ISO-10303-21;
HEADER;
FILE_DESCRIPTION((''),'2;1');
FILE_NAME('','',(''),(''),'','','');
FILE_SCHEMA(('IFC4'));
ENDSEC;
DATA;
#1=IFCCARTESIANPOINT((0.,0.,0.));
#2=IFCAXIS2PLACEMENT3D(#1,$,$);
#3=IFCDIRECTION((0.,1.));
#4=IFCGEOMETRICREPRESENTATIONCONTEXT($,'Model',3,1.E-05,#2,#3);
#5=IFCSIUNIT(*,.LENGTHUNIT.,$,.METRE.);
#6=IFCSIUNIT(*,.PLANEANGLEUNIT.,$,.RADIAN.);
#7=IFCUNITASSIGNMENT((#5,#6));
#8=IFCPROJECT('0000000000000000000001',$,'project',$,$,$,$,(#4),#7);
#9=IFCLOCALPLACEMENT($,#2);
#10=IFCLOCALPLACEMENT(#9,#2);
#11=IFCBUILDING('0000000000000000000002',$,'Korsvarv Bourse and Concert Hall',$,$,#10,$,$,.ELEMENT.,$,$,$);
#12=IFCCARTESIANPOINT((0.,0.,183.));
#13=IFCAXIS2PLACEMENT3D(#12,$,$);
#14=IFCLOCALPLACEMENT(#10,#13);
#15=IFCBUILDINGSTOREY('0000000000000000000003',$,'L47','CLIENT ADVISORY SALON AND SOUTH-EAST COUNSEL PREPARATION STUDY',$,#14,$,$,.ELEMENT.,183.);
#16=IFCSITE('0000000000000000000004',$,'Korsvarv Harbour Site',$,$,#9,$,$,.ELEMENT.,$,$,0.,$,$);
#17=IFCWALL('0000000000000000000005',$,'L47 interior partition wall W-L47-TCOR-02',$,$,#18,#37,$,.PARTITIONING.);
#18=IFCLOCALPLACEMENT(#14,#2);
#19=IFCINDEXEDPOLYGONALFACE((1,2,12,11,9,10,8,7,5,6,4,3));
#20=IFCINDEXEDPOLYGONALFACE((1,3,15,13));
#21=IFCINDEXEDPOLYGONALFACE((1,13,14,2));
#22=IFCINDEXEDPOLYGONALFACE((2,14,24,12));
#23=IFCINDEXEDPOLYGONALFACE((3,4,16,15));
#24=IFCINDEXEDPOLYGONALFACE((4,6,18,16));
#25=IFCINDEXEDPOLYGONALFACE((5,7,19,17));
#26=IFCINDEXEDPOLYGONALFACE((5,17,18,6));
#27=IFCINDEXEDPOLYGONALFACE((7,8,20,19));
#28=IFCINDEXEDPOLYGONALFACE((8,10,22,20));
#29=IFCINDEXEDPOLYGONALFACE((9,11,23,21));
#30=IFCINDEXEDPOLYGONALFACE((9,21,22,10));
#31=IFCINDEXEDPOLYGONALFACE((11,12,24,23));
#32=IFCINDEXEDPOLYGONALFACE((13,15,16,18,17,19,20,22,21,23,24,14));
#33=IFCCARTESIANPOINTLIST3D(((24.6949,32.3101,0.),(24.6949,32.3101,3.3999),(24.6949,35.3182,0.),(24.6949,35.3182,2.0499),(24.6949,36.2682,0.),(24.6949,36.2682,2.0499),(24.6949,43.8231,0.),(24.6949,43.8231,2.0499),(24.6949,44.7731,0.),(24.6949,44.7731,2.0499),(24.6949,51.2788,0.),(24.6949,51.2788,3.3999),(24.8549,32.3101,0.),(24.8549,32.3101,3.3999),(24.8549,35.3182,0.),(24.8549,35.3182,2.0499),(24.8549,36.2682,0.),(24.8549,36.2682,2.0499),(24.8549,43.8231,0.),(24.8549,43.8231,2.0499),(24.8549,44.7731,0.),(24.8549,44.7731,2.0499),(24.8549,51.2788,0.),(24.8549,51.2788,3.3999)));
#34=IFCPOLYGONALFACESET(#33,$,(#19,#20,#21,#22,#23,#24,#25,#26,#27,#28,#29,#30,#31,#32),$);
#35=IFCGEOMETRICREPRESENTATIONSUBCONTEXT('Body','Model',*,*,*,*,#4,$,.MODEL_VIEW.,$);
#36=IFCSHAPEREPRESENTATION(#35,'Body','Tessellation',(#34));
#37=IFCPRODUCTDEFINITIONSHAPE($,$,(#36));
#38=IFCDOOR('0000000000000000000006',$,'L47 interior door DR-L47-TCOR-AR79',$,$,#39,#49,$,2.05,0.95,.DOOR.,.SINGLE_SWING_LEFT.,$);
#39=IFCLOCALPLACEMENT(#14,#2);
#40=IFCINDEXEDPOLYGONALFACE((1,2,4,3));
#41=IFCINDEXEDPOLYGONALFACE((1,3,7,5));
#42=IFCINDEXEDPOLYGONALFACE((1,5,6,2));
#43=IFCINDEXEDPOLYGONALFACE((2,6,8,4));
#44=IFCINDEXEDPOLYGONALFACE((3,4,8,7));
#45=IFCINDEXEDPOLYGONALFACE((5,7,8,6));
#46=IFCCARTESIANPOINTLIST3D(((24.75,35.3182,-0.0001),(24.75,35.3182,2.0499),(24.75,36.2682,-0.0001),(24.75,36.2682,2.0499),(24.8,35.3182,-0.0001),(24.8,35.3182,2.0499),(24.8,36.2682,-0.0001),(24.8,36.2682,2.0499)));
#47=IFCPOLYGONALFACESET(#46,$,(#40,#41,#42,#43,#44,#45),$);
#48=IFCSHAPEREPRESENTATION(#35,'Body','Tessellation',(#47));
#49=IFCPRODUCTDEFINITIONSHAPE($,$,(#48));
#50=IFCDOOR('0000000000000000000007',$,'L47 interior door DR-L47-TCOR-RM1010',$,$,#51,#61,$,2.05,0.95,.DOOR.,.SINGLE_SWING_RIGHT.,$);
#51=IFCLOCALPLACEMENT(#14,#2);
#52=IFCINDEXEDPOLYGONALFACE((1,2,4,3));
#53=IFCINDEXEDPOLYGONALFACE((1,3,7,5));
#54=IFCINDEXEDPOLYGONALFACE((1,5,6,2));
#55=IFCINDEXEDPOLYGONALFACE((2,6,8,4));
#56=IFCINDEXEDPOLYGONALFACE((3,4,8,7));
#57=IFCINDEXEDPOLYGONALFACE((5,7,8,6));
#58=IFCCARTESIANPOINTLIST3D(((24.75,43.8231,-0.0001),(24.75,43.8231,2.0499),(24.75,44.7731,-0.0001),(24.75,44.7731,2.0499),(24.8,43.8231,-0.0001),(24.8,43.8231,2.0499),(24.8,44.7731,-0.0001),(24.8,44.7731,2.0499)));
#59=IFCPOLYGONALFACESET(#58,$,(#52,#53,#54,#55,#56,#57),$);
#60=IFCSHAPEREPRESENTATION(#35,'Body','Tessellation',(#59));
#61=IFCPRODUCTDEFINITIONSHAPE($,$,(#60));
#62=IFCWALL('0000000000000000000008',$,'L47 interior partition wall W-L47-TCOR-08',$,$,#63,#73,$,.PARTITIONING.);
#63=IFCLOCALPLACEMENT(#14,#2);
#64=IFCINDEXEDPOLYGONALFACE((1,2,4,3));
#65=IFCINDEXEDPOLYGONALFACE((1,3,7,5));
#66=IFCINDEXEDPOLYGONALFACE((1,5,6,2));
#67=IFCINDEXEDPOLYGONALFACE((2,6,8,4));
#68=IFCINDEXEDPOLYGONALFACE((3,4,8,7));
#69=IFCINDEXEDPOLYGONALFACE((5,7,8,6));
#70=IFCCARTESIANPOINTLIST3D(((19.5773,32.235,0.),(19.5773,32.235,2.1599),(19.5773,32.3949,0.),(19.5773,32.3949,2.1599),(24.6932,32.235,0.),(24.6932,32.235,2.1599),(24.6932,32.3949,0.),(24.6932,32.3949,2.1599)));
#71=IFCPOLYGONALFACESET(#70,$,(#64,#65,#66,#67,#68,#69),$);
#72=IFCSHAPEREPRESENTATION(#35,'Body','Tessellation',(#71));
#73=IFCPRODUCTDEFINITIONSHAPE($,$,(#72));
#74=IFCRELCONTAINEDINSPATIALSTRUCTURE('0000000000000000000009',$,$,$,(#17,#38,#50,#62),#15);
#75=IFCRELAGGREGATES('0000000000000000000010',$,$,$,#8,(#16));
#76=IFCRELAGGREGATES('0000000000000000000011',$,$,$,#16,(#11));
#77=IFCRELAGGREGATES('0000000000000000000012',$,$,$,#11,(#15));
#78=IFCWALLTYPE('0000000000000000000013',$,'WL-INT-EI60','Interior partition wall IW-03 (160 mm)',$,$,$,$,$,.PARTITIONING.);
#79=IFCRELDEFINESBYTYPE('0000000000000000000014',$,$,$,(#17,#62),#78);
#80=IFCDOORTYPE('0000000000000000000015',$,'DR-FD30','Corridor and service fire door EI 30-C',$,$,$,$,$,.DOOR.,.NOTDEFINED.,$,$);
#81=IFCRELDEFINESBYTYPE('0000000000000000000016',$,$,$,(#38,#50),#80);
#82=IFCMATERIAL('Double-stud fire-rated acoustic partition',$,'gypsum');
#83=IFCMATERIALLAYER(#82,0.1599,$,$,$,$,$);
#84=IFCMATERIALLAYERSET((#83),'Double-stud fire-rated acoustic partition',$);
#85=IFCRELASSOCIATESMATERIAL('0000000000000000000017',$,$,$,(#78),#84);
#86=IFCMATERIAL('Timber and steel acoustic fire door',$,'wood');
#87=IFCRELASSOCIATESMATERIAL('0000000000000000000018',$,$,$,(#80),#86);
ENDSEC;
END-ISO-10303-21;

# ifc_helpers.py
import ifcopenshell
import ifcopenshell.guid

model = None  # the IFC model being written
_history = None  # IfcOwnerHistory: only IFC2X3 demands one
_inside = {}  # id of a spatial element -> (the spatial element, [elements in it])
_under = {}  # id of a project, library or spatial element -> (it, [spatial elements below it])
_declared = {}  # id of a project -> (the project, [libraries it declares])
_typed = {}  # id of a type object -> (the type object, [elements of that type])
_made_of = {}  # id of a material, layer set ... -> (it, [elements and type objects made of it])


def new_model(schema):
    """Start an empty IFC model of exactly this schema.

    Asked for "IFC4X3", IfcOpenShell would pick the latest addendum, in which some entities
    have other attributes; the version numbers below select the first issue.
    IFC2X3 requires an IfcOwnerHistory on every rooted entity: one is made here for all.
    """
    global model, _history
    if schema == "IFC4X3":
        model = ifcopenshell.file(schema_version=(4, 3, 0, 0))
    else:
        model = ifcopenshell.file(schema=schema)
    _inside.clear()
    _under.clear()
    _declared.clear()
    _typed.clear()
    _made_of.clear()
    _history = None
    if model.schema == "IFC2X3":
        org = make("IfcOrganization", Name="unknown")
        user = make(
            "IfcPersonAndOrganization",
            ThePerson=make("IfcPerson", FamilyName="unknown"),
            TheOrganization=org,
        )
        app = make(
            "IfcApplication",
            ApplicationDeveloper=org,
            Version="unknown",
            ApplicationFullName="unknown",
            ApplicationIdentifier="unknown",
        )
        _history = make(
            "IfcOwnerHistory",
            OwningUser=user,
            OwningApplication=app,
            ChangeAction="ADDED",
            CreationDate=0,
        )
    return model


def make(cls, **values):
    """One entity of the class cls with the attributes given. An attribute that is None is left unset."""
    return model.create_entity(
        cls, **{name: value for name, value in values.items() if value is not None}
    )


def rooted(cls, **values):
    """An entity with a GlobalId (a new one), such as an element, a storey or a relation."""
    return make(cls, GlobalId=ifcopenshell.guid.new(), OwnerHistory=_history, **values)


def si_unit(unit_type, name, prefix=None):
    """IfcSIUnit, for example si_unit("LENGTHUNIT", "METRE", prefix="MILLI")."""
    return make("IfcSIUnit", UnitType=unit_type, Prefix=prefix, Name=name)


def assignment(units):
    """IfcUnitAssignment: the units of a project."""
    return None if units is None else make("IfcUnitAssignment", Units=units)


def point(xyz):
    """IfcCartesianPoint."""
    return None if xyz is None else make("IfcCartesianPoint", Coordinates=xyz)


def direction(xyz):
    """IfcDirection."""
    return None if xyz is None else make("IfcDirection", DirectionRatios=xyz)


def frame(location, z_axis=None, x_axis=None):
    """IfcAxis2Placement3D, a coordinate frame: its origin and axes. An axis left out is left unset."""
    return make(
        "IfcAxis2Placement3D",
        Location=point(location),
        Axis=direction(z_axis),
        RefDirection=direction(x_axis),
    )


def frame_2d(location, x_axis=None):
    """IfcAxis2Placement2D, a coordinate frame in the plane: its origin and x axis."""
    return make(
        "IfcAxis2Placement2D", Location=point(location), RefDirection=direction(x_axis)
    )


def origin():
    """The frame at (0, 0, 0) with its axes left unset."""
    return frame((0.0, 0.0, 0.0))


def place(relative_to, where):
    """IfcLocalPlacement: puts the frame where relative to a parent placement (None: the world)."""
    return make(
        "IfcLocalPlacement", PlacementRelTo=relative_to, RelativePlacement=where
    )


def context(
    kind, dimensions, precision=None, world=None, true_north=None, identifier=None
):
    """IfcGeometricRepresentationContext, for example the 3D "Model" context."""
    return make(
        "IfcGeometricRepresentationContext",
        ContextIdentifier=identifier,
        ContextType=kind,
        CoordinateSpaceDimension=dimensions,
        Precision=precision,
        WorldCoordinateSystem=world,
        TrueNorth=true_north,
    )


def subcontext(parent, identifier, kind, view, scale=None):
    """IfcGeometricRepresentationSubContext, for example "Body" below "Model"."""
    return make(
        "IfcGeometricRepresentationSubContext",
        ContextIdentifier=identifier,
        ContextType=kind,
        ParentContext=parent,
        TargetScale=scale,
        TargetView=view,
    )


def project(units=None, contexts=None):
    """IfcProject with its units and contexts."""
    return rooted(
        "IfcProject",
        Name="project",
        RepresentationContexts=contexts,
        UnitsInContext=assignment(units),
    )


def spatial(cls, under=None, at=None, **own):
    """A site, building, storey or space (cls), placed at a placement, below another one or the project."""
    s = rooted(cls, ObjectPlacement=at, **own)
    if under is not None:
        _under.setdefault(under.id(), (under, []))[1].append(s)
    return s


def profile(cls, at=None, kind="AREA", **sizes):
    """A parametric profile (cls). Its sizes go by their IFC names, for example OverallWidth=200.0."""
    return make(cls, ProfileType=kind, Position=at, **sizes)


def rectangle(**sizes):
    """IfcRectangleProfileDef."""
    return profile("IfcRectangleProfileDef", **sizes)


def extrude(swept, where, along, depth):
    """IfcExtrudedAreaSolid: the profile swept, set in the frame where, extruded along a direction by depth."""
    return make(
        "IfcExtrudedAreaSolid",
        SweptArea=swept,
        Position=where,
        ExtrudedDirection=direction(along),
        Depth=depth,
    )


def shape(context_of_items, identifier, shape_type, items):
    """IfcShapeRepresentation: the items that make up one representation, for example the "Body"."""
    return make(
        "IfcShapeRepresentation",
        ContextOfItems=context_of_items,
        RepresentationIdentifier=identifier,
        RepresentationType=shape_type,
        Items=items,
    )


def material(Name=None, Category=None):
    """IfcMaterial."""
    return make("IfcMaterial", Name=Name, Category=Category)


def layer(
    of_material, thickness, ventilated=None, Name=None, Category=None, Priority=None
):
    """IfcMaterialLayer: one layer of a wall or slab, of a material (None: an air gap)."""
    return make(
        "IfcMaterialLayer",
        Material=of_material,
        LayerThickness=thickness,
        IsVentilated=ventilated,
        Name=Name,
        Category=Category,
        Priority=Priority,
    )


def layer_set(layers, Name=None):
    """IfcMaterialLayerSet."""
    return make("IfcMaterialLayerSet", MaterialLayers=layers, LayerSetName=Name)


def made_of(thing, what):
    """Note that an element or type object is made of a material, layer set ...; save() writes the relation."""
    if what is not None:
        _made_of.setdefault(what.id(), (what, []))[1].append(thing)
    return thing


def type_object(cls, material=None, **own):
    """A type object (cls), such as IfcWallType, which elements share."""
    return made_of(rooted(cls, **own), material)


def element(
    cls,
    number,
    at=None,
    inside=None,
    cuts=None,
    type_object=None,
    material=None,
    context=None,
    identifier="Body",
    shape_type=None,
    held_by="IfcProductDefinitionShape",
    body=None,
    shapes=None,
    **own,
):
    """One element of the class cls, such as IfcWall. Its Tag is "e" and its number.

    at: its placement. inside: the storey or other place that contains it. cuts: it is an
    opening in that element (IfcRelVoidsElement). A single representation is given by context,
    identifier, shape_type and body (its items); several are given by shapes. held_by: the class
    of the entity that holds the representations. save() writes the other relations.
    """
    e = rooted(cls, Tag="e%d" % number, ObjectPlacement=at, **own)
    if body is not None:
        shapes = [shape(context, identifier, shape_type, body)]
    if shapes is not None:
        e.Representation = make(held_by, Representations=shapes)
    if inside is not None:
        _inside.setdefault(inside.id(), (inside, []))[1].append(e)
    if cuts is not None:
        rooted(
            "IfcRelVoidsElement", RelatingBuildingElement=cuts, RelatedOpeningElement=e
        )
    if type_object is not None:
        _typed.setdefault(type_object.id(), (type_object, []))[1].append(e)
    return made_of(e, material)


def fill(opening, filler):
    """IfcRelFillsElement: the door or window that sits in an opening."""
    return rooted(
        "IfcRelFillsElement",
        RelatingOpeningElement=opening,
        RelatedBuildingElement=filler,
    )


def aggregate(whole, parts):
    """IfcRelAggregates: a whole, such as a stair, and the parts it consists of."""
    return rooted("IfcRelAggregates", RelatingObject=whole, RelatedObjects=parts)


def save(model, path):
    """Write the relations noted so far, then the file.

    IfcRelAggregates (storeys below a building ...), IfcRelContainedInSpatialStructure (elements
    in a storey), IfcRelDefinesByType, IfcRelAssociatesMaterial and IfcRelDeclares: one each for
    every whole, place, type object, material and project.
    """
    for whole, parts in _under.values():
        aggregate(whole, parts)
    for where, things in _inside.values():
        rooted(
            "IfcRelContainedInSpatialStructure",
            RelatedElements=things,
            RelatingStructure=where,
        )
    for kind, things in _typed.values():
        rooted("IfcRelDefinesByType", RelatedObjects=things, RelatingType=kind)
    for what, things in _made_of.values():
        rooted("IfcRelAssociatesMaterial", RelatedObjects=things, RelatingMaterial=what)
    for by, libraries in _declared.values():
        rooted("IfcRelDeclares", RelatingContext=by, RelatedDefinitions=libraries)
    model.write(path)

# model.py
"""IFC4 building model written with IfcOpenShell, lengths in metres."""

from ifc_helpers import new_model, si_unit, direction, frame, frame_2d, origin, place, context, subcontext, project, spatial, rectangle, extrude, material, layer, layer_set, type_object, element, fill, save


model = new_model("IFC4")

# Units and contexts
model_context = context("Model", 3, precision=1e-05, world=origin(), true_north=direction((0.0, 1.0)))
body_context = subcontext(model_context, "Body", "Model", "MODEL_VIEW")
ifc_project = project(units=[si_unit("LENGTHUNIT", "METRE"), si_unit("PLANEANGLEUNIT", "RADIAN")], contexts=[model_context])

# Site, building, storey
site_placement = place(None, origin())
site = spatial("IfcSite", under=ifc_project, at=site_placement, Name="Korsvarv Harbour Site", CompositionType="ELEMENT", RefElevation=0.0)
building_placement = place(site_placement, origin())
building = spatial("IfcBuilding", under=site, at=building_placement, Name="Korsvarv Bourse and Concert Hall", CompositionType="ELEMENT")
storey_placement = place(building_placement, frame((0.0, 0.0, 183.0)))
storey = spatial("IfcBuildingStorey", under=building, at=storey_placement, Name="L47", Description="CLIENT ADVISORY SALON AND SOUTH-EAST COUNSEL PREPARATION STUDY", CompositionType="ELEMENT", Elevation=183.0)

# Shared definitions
ifc_material_1 = material(Name="Double-stud fire-rated acoustic partition", Category="gypsum")
ifc_layer_1 = layer(ifc_material_1, 0.1599)
ifc_layer_set_1 = layer_set([ifc_layer_1], Name="Double-stud fire-rated acoustic partition")
wall_type_1 = type_object("IfcWallType", Name="WL-INT-EI60", Description="Interior partition wall IW-03 (160 mm)", PredefinedType="PARTITIONING", material=ifc_layer_set_1)

# Wall, openings, doors
wall_1_placement = place(storey_placement, frame((24.7749, 32.3101, 0.0), z_axis=(0.0, 0.0, 1.0), x_axis=(0.0, 1.0, 0.0)))
wall_1 = element("IfcWall", 1, at=wall_1_placement, inside=storey, type_object=wall_type_1, Name="L47 interior partition wall W-L47-TCOR-02", PredefinedType="PARTITIONING", context=body_context, shape_type="SweptSolid", body=[
    extrude(rectangle(XDim=18.9688, YDim=0.1599, at=frame_2d((9.4844, 0.0))), origin(), (0.0, 0.0, 1.0), 3.3999),
])
opening_1_placement = place(wall_1_placement, frame((3.0081, 0.0, 0.0)))
opening_1 = element("IfcOpeningElement", 2, at=opening_1_placement, cuts=wall_1, PredefinedType="OPENING", context=body_context, shape_type="SweptSolid", body=[
    extrude(rectangle(XDim=0.95, YDim=2.05, at=frame_2d((0.4751, 1.0249))), frame((0.0, 0.0898, 0.0), z_axis=(0.0, -1.0, 0.0), x_axis=(1.0, 0.0, 0.0)), (0.0, 0.0, 1.0), 0.1799),
])
opening_2_placement = place(wall_1_placement, frame((11.5129, 0.0, 0.0)))
opening_2 = element("IfcOpeningElement", 3, at=opening_2_placement, cuts=wall_1, PredefinedType="OPENING", context=body_context, shape_type="SweptSolid", body=[
    extrude(rectangle(XDim=0.95, YDim=2.05, at=frame_2d((0.4751, 1.0249))), frame((0.0, 0.0898, 0.0), z_axis=(0.0, -1.0, 0.0), x_axis=(1.0, 0.0, 0.0)), (0.0, 0.0, 1.0), 0.1799),
])
ifc_material_2 = material(Name="Timber and steel acoustic fire door", Category="wood")
door_type_1 = type_object("IfcDoorType", Name="DR-FD30", Description="Corridor and service fire door EI 30-C", OperationType="NOTDEFINED", PredefinedType="DOOR", material=ifc_material_2)
door_1_placement = place(opening_1_placement, origin())
door_1 = element("IfcDoor", 4, at=door_1_placement, inside=storey, type_object=door_type_1, Name="L47 interior door DR-L47-TCOR-AR79", OperationType="SINGLE_SWING_LEFT", OverallHeight=2.05, OverallWidth=0.95, PredefinedType="DOOR", context=body_context, shape_type="SweptSolid", body=[
    extrude(rectangle(XDim=0.95, YDim=2.05, at=frame_2d((0.4751, 1.0249))), frame((0.0, 0.0249, 0.0), z_axis=(0.0, -1.0, 0.0), x_axis=(1.0, 0.0, 0.0)), (0.0, 0.0, 1.0), 0.05),
])
fill(opening_1, door_1)
door_2_placement = place(opening_2_placement, origin())
door_2 = element("IfcDoor", 5, at=door_2_placement, inside=storey, type_object=door_type_1, Name="L47 interior door DR-L47-TCOR-RM1010", OperationType="SINGLE_SWING_RIGHT", OverallHeight=2.05, OverallWidth=0.95, PredefinedType="DOOR", context=body_context, shape_type="SweptSolid", body=[
    extrude(rectangle(XDim=0.95, YDim=2.05, at=frame_2d((0.4751, 1.0249))), frame((0.0, 0.0249, 0.0), z_axis=(0.0, -1.0, 0.0), x_axis=(1.0, 0.0, 0.0)), (0.0, 0.0, 1.0), 0.05),
])
fill(opening_2, door_2)

# Wall
wall_2_placement = place(storey_placement, frame((19.5771, 32.3149, 0.0), z_axis=(0.0, 0.0, 1.0), x_axis=(1.0, 0.0, 0.0)))
element("IfcWall", 6, at=wall_2_placement, inside=storey, type_object=wall_type_1, Name="L47 interior partition wall W-L47-TCOR-08", PredefinedType="PARTITIONING", context=body_context, shape_type="SweptSolid", body=[
    extrude(rectangle(XDim=5.116, YDim=0.1599, at=frame_2d((2.5581, 0.0))), origin(), (0.0, 0.0, 1.0), 2.1599),
])

save(model, "model.ifc")
